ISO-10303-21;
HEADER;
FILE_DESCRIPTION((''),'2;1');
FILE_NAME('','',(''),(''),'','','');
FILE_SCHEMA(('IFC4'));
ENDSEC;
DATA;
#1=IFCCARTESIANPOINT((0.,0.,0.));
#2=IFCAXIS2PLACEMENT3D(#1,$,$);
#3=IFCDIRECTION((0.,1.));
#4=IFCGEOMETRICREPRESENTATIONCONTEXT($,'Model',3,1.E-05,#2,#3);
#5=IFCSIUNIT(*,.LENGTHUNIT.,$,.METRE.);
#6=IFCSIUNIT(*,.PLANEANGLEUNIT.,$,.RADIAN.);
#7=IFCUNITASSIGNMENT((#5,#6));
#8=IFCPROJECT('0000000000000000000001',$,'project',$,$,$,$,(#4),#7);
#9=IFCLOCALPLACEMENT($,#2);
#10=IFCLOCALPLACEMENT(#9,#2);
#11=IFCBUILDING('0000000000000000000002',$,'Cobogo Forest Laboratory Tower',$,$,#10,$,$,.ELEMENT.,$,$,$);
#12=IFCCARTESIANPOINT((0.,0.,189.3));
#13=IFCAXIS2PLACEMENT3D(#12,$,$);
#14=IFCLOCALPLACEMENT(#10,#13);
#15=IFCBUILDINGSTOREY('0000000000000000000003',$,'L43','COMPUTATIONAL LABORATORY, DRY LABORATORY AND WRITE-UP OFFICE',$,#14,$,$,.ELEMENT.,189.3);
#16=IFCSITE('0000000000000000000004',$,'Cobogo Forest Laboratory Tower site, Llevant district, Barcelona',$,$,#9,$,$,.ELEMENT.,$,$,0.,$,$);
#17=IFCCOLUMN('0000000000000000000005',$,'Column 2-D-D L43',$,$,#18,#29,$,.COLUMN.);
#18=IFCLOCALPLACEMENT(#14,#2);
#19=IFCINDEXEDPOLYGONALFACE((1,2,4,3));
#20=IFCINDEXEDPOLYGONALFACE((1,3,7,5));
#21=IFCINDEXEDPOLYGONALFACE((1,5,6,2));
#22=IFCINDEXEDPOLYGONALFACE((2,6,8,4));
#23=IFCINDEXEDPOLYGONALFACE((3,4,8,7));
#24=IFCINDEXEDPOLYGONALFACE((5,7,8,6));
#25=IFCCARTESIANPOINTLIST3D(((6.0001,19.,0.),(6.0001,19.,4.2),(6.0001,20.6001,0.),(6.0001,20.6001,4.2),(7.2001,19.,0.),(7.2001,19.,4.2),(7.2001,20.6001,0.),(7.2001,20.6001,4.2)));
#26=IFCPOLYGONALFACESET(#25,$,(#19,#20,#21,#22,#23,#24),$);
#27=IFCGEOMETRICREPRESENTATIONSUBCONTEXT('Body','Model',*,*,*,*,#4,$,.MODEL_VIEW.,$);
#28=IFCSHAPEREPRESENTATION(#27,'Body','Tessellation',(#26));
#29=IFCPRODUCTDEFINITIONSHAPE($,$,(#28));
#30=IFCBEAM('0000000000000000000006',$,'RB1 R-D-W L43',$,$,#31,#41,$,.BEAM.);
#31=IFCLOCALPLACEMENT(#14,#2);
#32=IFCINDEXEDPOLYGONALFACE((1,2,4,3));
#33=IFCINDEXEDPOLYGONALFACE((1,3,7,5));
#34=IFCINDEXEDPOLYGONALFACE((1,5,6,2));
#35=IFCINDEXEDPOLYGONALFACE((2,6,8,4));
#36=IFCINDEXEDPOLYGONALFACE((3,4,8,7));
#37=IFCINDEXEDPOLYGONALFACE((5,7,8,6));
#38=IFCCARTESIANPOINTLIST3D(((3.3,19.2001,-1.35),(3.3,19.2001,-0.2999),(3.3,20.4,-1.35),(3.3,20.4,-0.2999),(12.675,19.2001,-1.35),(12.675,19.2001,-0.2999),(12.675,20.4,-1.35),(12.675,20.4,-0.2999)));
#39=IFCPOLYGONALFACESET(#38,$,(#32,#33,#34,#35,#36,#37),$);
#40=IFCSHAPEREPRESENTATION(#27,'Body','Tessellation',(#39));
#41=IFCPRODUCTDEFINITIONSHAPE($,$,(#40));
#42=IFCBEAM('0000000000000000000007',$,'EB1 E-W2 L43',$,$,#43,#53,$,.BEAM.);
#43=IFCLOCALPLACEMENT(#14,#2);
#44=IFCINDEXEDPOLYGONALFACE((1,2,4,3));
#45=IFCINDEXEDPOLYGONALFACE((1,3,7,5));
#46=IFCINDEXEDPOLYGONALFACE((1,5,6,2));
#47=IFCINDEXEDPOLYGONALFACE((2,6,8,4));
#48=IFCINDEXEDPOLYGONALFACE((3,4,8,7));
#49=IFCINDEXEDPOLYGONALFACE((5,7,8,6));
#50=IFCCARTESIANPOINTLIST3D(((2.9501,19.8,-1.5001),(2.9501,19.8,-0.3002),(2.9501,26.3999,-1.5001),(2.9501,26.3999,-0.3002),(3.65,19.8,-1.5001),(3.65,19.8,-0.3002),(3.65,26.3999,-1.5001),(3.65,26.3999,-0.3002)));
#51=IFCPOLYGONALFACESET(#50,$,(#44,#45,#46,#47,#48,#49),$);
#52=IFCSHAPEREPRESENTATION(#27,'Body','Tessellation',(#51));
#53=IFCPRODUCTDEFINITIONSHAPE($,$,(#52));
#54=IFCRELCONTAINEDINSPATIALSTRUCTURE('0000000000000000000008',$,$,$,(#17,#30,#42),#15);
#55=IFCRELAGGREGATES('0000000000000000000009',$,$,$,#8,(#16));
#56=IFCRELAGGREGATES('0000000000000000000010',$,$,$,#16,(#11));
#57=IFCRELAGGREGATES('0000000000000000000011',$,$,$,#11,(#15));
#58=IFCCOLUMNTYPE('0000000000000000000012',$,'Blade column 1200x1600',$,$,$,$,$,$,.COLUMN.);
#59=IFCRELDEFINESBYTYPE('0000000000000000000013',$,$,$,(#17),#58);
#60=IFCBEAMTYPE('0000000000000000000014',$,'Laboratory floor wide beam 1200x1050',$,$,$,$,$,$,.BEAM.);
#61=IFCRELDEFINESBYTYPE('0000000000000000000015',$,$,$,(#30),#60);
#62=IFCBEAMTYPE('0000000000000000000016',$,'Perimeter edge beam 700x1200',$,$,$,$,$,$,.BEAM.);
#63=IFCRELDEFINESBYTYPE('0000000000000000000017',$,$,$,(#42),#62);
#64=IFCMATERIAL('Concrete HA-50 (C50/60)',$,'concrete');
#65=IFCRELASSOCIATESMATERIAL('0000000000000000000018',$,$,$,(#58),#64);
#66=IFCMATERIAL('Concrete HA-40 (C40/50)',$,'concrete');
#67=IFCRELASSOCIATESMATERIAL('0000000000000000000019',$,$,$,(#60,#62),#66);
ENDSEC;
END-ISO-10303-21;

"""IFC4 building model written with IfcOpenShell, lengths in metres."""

from ifc_helpers import new_model, si_unit, direction, frame, origin, origin_2d, place, context, subcontext, project, spatial, rectangle, extrude, material, material_profile, profile_set, type_object, element, save


model = new_model("IFC4")

# Units and contexts
model_context = context("Model", 3, precision=1e-05, world=origin(), true_north=direction((0.0, 1.0)))
body_context = subcontext(model_context, "Body", "Model", "MODEL_VIEW")
ifc_project = project(units=[si_unit("LENGTHUNIT", "METRE"), si_unit("PLANEANGLEUNIT", "RADIAN")], contexts=[model_context])

# Site, building, storey
site_placement = place(None, origin())
site = spatial("IfcSite", under=ifc_project, at=site_placement, Name="Cobogo Forest Laboratory Tower site, Llevant district, Barcelona", CompositionType="ELEMENT", RefElevation=0.0)
building_placement = place(site_placement, origin())
building = spatial("IfcBuilding", under=site, at=building_placement, Name="Cobogo Forest Laboratory Tower", CompositionType="ELEMENT")
storey_placement = place(building_placement, frame((0.0, 0.0, 189.3)))
storey = spatial("IfcBuildingStorey", under=building, at=storey_placement, Name="L43", Description="COMPUTATIONAL LABORATORY, DRY LABORATORY AND WRITE-UP OFFICE", CompositionType="ELEMENT", Elevation=189.3)

# Column
ifc_material_1 = material(Name="Concrete HA-50 (C50/60)", Category="concrete")
ifc_material_profile_1 = material_profile(ifc_material_1, rectangle(XDim=1.6001, YDim=1.2, at=origin_2d()), Name="RC 1200x1600")
ifc_profile_set_1 = profile_set([ifc_material_profile_1], Name="Concrete HA-50 (C50/60)")
column_type = type_object("IfcColumnType", Name="Blade column 1200x1600", PredefinedType="COLUMN", material=ifc_profile_set_1)
column_placement = place(storey_placement, frame((6.6001, 19.8, 0.0), z_axis=(0.0, 0.0, 1.0), x_axis=(0.0, 1.0, 0.0)))
element("IfcColumn", 1, at=column_placement, inside=storey, type_object=column_type, Name="Column 2-D-D L43", PredefinedType="COLUMN", context=body_context, shape_type="SweptSolid", body=[
    extrude(rectangle(XDim=1.6001, YDim=1.2, at=origin_2d()), origin(), (0.0, 0.0, 1.0), 4.2),
])

# Beams
ifc_material_2 = material(Name="Concrete HA-40 (C40/50)", Category="concrete")
ifc_material_profile_2 = material_profile(ifc_material_2, rectangle(XDim=1.2, YDim=1.05, at=origin_2d()), Name="RC 1200x1050")
ifc_profile_set_2 = profile_set([ifc_material_profile_2], Name="Concrete HA-40 (C40/50)")
beam_type_1 = type_object("IfcBeamType", Name="Laboratory floor wide beam 1200x1050", PredefinedType="BEAM", material=ifc_profile_set_2)
beam_1_placement = place(storey_placement, frame((12.675, 19.8, -0.825), z_axis=(-1.0, 0.0, 0.0), x_axis=(0.0, -1.0, 0.0)))
element("IfcBeam", 2, at=beam_1_placement, inside=storey, type_object=beam_type_1, Name="RB1 R-D-W L43", PredefinedType="BEAM", context=body_context, shape_type="SweptSolid", body=[
    extrude(rectangle(XDim=1.2, YDim=1.05, at=origin_2d()), origin(), (0.0, 0.0, 1.0), 9.375),
])
ifc_material_profile_3 = material_profile(ifc_material_2, rectangle(XDim=0.7, YDim=1.2, at=origin_2d()), Name="RC 700x1200")
ifc_profile_set_3 = profile_set([ifc_material_profile_3], Name="Concrete HA-40 (C40/50)")
beam_type_2 = type_object("IfcBeamType", Name="Perimeter edge beam 700x1200", PredefinedType="BEAM", material=ifc_profile_set_3)
beam_2_placement = place(storey_placement, frame((3.3, 19.8, -0.9001), z_axis=(0.0, 1.0, 0.0), x_axis=(-1.0, 0.0, 0.0)))
element("IfcBeam", 3, at=beam_2_placement, inside=storey, type_object=beam_type_2, Name="EB1 E-W2 L43", PredefinedType="BEAM", context=body_context, shape_type="SweptSolid", body=[
    extrude(rectangle(XDim=0.7, YDim=1.2, at=origin_2d()), origin(), (0.0, 0.0, 1.0), 6.5999),
])

save(model, "model.ifc")
